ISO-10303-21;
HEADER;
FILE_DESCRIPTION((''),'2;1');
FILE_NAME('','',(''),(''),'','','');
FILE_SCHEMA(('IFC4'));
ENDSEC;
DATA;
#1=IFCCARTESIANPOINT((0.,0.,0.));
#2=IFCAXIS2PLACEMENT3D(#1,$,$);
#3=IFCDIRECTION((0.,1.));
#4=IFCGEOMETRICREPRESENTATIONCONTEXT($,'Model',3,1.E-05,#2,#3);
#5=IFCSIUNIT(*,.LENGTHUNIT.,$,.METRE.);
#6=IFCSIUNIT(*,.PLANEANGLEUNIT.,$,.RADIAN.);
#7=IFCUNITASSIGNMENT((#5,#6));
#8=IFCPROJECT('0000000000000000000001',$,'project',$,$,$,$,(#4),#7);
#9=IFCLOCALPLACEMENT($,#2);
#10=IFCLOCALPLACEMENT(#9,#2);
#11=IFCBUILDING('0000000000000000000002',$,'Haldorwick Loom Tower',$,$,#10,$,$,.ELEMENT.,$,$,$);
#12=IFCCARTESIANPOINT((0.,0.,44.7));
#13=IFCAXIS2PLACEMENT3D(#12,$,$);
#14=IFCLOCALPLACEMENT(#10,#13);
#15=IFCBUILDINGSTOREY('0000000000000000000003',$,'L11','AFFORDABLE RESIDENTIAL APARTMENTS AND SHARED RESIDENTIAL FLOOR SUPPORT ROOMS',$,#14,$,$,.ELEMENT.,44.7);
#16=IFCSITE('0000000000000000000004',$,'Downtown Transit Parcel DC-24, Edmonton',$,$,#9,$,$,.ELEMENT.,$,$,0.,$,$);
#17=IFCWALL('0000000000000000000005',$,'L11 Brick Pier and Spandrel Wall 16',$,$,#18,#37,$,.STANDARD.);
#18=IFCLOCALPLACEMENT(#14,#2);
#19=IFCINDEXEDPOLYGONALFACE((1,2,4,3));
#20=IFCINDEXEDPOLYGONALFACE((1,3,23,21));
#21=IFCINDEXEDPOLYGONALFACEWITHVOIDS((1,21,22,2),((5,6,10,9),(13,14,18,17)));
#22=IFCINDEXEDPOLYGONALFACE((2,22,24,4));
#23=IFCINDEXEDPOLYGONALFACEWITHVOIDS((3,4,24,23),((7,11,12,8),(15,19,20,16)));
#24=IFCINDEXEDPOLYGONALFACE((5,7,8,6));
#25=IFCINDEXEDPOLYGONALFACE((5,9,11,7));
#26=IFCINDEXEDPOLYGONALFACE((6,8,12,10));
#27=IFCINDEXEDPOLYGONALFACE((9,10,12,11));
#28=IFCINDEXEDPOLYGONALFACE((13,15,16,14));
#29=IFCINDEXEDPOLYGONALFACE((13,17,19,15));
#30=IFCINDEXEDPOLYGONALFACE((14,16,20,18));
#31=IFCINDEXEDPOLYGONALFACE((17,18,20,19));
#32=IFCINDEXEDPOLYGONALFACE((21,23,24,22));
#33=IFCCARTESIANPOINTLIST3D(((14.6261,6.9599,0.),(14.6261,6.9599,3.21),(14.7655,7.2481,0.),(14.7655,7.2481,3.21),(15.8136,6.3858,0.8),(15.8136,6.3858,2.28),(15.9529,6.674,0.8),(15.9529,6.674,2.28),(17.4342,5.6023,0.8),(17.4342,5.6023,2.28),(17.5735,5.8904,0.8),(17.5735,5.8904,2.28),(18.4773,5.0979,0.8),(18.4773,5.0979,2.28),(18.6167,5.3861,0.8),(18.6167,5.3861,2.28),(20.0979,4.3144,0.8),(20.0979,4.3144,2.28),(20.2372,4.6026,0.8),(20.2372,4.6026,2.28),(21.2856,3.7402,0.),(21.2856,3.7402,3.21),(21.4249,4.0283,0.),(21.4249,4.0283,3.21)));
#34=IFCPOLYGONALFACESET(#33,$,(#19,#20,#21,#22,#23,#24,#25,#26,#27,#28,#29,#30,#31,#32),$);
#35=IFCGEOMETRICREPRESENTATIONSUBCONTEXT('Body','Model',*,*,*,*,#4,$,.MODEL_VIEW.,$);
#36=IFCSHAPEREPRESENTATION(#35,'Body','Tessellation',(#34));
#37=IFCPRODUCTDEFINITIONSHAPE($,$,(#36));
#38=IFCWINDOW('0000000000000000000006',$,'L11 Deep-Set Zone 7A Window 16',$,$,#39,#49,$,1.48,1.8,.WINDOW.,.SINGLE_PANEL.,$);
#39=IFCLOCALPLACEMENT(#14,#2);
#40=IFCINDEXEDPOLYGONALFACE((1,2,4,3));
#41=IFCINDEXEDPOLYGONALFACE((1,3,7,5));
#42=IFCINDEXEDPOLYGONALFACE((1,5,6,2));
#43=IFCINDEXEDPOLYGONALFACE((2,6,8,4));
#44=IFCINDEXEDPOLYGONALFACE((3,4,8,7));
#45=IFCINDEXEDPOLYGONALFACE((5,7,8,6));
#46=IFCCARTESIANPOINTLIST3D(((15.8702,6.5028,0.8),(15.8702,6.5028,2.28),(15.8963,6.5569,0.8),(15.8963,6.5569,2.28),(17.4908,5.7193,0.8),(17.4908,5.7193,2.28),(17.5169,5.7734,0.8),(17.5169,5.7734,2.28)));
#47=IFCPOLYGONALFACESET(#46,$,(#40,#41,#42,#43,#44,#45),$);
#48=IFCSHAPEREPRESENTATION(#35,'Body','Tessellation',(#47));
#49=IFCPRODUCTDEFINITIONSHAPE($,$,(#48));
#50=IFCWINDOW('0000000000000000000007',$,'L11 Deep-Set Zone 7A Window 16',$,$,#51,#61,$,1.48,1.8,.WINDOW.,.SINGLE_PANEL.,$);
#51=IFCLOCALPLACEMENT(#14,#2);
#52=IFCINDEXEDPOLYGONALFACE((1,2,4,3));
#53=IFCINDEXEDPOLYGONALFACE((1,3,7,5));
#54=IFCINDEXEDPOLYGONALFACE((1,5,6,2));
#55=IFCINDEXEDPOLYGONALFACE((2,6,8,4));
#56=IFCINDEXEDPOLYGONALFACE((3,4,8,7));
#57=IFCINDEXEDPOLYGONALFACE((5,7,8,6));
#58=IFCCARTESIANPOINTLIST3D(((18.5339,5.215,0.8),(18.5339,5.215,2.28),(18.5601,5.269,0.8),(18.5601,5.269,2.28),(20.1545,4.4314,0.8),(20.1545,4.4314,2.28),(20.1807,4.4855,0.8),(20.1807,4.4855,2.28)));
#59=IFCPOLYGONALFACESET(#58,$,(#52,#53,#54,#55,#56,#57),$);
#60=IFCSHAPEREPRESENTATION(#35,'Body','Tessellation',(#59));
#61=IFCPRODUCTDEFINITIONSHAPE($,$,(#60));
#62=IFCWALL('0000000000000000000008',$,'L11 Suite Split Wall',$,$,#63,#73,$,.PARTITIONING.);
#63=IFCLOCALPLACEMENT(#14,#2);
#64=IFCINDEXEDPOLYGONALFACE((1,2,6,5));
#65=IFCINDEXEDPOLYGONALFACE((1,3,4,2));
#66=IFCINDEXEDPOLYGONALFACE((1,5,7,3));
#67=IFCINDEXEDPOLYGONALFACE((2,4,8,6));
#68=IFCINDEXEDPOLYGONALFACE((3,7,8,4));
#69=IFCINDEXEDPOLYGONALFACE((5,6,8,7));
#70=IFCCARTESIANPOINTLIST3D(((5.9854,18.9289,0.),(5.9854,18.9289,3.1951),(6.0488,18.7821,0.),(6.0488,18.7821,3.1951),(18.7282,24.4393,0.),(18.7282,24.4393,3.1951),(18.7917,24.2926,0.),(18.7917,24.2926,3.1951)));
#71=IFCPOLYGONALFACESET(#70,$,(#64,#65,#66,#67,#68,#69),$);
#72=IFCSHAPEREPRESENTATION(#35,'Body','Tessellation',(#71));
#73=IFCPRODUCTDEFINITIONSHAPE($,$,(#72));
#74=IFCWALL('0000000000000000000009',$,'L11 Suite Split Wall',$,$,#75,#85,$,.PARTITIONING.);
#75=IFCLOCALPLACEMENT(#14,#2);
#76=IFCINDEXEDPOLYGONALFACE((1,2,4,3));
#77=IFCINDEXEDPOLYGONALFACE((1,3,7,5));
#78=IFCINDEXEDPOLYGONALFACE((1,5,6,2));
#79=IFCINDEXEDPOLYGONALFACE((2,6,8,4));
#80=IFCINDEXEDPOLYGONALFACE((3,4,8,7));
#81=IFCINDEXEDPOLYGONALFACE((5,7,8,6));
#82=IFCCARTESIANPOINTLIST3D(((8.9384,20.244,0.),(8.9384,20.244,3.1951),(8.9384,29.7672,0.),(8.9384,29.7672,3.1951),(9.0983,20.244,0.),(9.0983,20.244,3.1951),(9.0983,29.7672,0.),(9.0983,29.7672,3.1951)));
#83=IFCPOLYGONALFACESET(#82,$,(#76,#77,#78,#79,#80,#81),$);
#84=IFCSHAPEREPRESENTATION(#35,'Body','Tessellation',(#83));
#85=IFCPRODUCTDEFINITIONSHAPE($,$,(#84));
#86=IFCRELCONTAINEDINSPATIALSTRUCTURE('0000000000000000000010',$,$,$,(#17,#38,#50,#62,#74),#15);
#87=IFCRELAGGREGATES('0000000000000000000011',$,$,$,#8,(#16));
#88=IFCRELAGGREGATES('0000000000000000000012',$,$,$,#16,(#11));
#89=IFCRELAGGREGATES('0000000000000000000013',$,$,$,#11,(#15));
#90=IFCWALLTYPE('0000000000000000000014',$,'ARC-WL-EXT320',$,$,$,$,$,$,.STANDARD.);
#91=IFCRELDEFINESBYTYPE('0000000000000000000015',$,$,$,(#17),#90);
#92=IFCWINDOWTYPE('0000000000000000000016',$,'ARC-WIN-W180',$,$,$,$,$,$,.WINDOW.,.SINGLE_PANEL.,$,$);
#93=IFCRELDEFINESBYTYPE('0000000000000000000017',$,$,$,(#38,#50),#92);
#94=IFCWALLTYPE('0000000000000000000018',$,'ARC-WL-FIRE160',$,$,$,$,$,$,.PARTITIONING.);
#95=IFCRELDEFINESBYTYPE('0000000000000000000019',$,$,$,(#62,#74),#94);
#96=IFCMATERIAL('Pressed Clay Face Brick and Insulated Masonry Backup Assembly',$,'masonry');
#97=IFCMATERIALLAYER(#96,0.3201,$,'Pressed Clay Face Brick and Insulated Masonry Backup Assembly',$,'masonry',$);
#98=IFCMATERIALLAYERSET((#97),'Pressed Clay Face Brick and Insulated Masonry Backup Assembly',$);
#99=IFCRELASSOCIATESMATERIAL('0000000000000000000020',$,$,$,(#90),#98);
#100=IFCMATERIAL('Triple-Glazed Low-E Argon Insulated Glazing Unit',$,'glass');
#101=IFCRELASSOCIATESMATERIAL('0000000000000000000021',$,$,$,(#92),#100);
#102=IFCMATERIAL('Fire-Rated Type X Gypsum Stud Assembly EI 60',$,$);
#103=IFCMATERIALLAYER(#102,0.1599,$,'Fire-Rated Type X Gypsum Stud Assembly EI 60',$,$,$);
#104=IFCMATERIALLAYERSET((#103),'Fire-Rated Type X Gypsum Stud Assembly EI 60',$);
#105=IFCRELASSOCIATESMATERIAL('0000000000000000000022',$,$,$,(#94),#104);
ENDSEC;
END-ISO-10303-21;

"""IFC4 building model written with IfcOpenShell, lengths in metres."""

from ifc_helpers import new_model, si_unit, direction, frame, frame_2d, origin, place, context, subcontext, project, spatial, rectangle, extrude, material, layer, layer_set, type_object, element, fill, save


model = new_model("IFC4")

# Units and contexts
model_context = context("Model", 3, precision=1e-05, world=origin(), true_north=direction((0.0, 1.0)))
body_context = subcontext(model_context, "Body", "Model", "MODEL_VIEW")
ifc_project = project(units=[si_unit("LENGTHUNIT", "METRE"), si_unit("PLANEANGLEUNIT", "RADIAN")], contexts=[model_context])

# Site, building, storey
site_placement = place(None, origin())
site = spatial("IfcSite", under=ifc_project, at=site_placement, Name="Downtown Transit Parcel DC-24, Edmonton", CompositionType="ELEMENT", RefElevation=0.0)
building_placement = place(site_placement, origin())
building = spatial("IfcBuilding", under=site, at=building_placement, Name="Haldorwick Loom Tower", CompositionType="ELEMENT")
storey_placement = place(building_placement, frame((0.0, 0.0, 44.7)))
storey = spatial("IfcBuildingStorey", under=building, at=storey_placement, Name="L11", Description="AFFORDABLE RESIDENTIAL APARTMENTS AND SHARED RESIDENTIAL FLOOR SUPPORT ROOMS", CompositionType="ELEMENT", Elevation=44.7)

# Shared definitions
ifc_material_1 = material(Name="Pressed Clay Face Brick and Insulated Masonry Backup Assembly", Category="masonry")
ifc_layer_1 = layer(ifc_material_1, 0.3201, Name="Pressed Clay Face Brick and Insulated Masonry Backup Assembly", Category="masonry")
ifc_layer_set_1 = layer_set([ifc_layer_1], Name="Pressed Clay Face Brick and Insulated Masonry Backup Assembly")
wall_type_1 = type_object("IfcWallType", Name="ARC-WL-EXT320", PredefinedType="STANDARD", material=ifc_layer_set_1)

# Wall, openings, windows
wall_1_placement = place(storey_placement, frame((14.6958, 7.104, 0.0), z_axis=(0.0, 0.0, 1.0), x_axis=(0.900296, -0.435279, 0.0)))
wall_1 = element("IfcWall", 1, at=wall_1_placement, inside=storey, type_object=wall_type_1, Name="L11 Brick Pier and Spandrel Wall 16", PredefinedType="STANDARD", context=body_context, shape_type="SweptSolid", body=[
    extrude(rectangle(XDim=7.397, YDim=0.3201, at=frame_2d((3.6985, 0.0))), origin(), (0.0, 0.0, 1.0), 3.21),
])
opening_1_placement = place(wall_1_placement, frame((1.3191, 0.0, 0.8)))
opening_1 = element("IfcOpeningElement", 2, at=opening_1_placement, cuts=wall_1, PredefinedType="OPENING", context=body_context, shape_type="SweptSolid", body=[
    extrude(rectangle(XDim=1.8, YDim=1.48, at=frame_2d((0.8999, 0.74))), frame((0.0, 0.1699, 0.0), z_axis=(0.0, -1.0, 0.0), x_axis=(1.0, 0.0, 0.0)), (0.0, 0.0, 1.0), 0.3401),
])
opening_2_placement = place(wall_1_placement, frame((4.2778, 0.0, 0.8)))
opening_2 = element("IfcOpeningElement", 3, at=opening_2_placement, cuts=wall_1, PredefinedType="OPENING", context=body_context, shape_type="SweptSolid", body=[
    extrude(rectangle(XDim=1.8, YDim=1.48, at=frame_2d((0.8999, 0.74))), frame((0.0, 0.1699, 0.0), z_axis=(0.0, -1.0, 0.0), x_axis=(1.0, 0.0, 0.0)), (0.0, 0.0, 1.0), 0.3401),
])
ifc_material_2 = material(Name="Triple-Glazed Low-E Argon Insulated Glazing Unit", Category="glass")
window_type = type_object("IfcWindowType", Name="ARC-WIN-W180", PartitioningType="SINGLE_PANEL", PredefinedType="WINDOW", material=ifc_material_2)
window_1_placement = place(opening_1_placement, origin())
window_1 = element("IfcWindow", 4, at=window_1_placement, inside=storey, type_object=window_type, Name="L11 Deep-Set Zone 7A Window 16", OverallHeight=1.48, OverallWidth=1.8, PartitioningType="SINGLE_PANEL", PredefinedType="WINDOW", context=body_context, shape_type="SweptSolid", body=[
    extrude(rectangle(XDim=1.8, YDim=1.48, at=frame_2d((0.8999, 0.74))), frame((0.0, 0.03, 0.0), z_axis=(0.0, -1.0, 0.0), x_axis=(1.0, 0.0, 0.0)), (0.0, 0.0, 1.0), 0.0601),
])
fill(opening_1, window_1)
window_2_placement = place(opening_2_placement, origin())
window_2 = element("IfcWindow", 5, at=window_2_placement, inside=storey, type_object=window_type, Name="L11 Deep-Set Zone 7A Window 16", OverallHeight=1.48, OverallWidth=1.8, PartitioningType="SINGLE_PANEL", PredefinedType="WINDOW", context=body_context, shape_type="SweptSolid", body=[
    extrude(rectangle(XDim=1.8, YDim=1.48, at=frame_2d((0.8999, 0.74))), frame((0.0, 0.03, 0.0), z_axis=(0.0, -1.0, 0.0), x_axis=(1.0, 0.0, 0.0)), (0.0, 0.0, 1.0), 0.0601),
])
fill(opening_2, window_2)

# Walls
ifc_material_3 = material(Name="Fire-Rated Type X Gypsum Stud Assembly EI 60")
ifc_layer_2 = layer(ifc_material_3, 0.1599, Name="Fire-Rated Type X Gypsum Stud Assembly EI 60")
ifc_layer_set_2 = layer_set([ifc_layer_2], Name="Fire-Rated Type X Gypsum Stud Assembly EI 60")
wall_type_2 = type_object("IfcWallType", Name="ARC-WL-FIRE160", PredefinedType="PARTITIONING", material=ifc_layer_set_2)
wall_2_placement = place(storey_placement, frame((6.0171, 18.8555, 0.0), z_axis=(0.0, 0.0, 1.0), x_axis=(0.917856, 0.396914, 0.0)))
element("IfcWall", 6, at=wall_2_placement, inside=storey, type_object=wall_type_2, Name="L11 Suite Split Wall", PredefinedType="PARTITIONING", context=body_context, shape_type="SweptSolid", body=[
    extrude(rectangle(XDim=13.8833, YDim=0.1599, at=frame_2d((6.9417, 0.0))), origin(), (0.0, 0.0, 1.0), 3.1951),
])
wall_3_placement = place(storey_placement, frame((9.0183, 20.2439, 0.0), z_axis=(0.0, 0.0, 1.0), x_axis=(0.0, 1.0, 0.0)))
element("IfcWall", 7, at=wall_3_placement, inside=storey, type_object=wall_type_2, Name="L11 Suite Split Wall", PredefinedType="PARTITIONING", context=body_context, shape_type="SweptSolid", body=[
    extrude(rectangle(XDim=9.5232, YDim=0.1599, at=frame_2d((4.7617, 0.0))), origin(), (0.0, 0.0, 1.0), 3.1951),
])

save(model, "model.ifc")
